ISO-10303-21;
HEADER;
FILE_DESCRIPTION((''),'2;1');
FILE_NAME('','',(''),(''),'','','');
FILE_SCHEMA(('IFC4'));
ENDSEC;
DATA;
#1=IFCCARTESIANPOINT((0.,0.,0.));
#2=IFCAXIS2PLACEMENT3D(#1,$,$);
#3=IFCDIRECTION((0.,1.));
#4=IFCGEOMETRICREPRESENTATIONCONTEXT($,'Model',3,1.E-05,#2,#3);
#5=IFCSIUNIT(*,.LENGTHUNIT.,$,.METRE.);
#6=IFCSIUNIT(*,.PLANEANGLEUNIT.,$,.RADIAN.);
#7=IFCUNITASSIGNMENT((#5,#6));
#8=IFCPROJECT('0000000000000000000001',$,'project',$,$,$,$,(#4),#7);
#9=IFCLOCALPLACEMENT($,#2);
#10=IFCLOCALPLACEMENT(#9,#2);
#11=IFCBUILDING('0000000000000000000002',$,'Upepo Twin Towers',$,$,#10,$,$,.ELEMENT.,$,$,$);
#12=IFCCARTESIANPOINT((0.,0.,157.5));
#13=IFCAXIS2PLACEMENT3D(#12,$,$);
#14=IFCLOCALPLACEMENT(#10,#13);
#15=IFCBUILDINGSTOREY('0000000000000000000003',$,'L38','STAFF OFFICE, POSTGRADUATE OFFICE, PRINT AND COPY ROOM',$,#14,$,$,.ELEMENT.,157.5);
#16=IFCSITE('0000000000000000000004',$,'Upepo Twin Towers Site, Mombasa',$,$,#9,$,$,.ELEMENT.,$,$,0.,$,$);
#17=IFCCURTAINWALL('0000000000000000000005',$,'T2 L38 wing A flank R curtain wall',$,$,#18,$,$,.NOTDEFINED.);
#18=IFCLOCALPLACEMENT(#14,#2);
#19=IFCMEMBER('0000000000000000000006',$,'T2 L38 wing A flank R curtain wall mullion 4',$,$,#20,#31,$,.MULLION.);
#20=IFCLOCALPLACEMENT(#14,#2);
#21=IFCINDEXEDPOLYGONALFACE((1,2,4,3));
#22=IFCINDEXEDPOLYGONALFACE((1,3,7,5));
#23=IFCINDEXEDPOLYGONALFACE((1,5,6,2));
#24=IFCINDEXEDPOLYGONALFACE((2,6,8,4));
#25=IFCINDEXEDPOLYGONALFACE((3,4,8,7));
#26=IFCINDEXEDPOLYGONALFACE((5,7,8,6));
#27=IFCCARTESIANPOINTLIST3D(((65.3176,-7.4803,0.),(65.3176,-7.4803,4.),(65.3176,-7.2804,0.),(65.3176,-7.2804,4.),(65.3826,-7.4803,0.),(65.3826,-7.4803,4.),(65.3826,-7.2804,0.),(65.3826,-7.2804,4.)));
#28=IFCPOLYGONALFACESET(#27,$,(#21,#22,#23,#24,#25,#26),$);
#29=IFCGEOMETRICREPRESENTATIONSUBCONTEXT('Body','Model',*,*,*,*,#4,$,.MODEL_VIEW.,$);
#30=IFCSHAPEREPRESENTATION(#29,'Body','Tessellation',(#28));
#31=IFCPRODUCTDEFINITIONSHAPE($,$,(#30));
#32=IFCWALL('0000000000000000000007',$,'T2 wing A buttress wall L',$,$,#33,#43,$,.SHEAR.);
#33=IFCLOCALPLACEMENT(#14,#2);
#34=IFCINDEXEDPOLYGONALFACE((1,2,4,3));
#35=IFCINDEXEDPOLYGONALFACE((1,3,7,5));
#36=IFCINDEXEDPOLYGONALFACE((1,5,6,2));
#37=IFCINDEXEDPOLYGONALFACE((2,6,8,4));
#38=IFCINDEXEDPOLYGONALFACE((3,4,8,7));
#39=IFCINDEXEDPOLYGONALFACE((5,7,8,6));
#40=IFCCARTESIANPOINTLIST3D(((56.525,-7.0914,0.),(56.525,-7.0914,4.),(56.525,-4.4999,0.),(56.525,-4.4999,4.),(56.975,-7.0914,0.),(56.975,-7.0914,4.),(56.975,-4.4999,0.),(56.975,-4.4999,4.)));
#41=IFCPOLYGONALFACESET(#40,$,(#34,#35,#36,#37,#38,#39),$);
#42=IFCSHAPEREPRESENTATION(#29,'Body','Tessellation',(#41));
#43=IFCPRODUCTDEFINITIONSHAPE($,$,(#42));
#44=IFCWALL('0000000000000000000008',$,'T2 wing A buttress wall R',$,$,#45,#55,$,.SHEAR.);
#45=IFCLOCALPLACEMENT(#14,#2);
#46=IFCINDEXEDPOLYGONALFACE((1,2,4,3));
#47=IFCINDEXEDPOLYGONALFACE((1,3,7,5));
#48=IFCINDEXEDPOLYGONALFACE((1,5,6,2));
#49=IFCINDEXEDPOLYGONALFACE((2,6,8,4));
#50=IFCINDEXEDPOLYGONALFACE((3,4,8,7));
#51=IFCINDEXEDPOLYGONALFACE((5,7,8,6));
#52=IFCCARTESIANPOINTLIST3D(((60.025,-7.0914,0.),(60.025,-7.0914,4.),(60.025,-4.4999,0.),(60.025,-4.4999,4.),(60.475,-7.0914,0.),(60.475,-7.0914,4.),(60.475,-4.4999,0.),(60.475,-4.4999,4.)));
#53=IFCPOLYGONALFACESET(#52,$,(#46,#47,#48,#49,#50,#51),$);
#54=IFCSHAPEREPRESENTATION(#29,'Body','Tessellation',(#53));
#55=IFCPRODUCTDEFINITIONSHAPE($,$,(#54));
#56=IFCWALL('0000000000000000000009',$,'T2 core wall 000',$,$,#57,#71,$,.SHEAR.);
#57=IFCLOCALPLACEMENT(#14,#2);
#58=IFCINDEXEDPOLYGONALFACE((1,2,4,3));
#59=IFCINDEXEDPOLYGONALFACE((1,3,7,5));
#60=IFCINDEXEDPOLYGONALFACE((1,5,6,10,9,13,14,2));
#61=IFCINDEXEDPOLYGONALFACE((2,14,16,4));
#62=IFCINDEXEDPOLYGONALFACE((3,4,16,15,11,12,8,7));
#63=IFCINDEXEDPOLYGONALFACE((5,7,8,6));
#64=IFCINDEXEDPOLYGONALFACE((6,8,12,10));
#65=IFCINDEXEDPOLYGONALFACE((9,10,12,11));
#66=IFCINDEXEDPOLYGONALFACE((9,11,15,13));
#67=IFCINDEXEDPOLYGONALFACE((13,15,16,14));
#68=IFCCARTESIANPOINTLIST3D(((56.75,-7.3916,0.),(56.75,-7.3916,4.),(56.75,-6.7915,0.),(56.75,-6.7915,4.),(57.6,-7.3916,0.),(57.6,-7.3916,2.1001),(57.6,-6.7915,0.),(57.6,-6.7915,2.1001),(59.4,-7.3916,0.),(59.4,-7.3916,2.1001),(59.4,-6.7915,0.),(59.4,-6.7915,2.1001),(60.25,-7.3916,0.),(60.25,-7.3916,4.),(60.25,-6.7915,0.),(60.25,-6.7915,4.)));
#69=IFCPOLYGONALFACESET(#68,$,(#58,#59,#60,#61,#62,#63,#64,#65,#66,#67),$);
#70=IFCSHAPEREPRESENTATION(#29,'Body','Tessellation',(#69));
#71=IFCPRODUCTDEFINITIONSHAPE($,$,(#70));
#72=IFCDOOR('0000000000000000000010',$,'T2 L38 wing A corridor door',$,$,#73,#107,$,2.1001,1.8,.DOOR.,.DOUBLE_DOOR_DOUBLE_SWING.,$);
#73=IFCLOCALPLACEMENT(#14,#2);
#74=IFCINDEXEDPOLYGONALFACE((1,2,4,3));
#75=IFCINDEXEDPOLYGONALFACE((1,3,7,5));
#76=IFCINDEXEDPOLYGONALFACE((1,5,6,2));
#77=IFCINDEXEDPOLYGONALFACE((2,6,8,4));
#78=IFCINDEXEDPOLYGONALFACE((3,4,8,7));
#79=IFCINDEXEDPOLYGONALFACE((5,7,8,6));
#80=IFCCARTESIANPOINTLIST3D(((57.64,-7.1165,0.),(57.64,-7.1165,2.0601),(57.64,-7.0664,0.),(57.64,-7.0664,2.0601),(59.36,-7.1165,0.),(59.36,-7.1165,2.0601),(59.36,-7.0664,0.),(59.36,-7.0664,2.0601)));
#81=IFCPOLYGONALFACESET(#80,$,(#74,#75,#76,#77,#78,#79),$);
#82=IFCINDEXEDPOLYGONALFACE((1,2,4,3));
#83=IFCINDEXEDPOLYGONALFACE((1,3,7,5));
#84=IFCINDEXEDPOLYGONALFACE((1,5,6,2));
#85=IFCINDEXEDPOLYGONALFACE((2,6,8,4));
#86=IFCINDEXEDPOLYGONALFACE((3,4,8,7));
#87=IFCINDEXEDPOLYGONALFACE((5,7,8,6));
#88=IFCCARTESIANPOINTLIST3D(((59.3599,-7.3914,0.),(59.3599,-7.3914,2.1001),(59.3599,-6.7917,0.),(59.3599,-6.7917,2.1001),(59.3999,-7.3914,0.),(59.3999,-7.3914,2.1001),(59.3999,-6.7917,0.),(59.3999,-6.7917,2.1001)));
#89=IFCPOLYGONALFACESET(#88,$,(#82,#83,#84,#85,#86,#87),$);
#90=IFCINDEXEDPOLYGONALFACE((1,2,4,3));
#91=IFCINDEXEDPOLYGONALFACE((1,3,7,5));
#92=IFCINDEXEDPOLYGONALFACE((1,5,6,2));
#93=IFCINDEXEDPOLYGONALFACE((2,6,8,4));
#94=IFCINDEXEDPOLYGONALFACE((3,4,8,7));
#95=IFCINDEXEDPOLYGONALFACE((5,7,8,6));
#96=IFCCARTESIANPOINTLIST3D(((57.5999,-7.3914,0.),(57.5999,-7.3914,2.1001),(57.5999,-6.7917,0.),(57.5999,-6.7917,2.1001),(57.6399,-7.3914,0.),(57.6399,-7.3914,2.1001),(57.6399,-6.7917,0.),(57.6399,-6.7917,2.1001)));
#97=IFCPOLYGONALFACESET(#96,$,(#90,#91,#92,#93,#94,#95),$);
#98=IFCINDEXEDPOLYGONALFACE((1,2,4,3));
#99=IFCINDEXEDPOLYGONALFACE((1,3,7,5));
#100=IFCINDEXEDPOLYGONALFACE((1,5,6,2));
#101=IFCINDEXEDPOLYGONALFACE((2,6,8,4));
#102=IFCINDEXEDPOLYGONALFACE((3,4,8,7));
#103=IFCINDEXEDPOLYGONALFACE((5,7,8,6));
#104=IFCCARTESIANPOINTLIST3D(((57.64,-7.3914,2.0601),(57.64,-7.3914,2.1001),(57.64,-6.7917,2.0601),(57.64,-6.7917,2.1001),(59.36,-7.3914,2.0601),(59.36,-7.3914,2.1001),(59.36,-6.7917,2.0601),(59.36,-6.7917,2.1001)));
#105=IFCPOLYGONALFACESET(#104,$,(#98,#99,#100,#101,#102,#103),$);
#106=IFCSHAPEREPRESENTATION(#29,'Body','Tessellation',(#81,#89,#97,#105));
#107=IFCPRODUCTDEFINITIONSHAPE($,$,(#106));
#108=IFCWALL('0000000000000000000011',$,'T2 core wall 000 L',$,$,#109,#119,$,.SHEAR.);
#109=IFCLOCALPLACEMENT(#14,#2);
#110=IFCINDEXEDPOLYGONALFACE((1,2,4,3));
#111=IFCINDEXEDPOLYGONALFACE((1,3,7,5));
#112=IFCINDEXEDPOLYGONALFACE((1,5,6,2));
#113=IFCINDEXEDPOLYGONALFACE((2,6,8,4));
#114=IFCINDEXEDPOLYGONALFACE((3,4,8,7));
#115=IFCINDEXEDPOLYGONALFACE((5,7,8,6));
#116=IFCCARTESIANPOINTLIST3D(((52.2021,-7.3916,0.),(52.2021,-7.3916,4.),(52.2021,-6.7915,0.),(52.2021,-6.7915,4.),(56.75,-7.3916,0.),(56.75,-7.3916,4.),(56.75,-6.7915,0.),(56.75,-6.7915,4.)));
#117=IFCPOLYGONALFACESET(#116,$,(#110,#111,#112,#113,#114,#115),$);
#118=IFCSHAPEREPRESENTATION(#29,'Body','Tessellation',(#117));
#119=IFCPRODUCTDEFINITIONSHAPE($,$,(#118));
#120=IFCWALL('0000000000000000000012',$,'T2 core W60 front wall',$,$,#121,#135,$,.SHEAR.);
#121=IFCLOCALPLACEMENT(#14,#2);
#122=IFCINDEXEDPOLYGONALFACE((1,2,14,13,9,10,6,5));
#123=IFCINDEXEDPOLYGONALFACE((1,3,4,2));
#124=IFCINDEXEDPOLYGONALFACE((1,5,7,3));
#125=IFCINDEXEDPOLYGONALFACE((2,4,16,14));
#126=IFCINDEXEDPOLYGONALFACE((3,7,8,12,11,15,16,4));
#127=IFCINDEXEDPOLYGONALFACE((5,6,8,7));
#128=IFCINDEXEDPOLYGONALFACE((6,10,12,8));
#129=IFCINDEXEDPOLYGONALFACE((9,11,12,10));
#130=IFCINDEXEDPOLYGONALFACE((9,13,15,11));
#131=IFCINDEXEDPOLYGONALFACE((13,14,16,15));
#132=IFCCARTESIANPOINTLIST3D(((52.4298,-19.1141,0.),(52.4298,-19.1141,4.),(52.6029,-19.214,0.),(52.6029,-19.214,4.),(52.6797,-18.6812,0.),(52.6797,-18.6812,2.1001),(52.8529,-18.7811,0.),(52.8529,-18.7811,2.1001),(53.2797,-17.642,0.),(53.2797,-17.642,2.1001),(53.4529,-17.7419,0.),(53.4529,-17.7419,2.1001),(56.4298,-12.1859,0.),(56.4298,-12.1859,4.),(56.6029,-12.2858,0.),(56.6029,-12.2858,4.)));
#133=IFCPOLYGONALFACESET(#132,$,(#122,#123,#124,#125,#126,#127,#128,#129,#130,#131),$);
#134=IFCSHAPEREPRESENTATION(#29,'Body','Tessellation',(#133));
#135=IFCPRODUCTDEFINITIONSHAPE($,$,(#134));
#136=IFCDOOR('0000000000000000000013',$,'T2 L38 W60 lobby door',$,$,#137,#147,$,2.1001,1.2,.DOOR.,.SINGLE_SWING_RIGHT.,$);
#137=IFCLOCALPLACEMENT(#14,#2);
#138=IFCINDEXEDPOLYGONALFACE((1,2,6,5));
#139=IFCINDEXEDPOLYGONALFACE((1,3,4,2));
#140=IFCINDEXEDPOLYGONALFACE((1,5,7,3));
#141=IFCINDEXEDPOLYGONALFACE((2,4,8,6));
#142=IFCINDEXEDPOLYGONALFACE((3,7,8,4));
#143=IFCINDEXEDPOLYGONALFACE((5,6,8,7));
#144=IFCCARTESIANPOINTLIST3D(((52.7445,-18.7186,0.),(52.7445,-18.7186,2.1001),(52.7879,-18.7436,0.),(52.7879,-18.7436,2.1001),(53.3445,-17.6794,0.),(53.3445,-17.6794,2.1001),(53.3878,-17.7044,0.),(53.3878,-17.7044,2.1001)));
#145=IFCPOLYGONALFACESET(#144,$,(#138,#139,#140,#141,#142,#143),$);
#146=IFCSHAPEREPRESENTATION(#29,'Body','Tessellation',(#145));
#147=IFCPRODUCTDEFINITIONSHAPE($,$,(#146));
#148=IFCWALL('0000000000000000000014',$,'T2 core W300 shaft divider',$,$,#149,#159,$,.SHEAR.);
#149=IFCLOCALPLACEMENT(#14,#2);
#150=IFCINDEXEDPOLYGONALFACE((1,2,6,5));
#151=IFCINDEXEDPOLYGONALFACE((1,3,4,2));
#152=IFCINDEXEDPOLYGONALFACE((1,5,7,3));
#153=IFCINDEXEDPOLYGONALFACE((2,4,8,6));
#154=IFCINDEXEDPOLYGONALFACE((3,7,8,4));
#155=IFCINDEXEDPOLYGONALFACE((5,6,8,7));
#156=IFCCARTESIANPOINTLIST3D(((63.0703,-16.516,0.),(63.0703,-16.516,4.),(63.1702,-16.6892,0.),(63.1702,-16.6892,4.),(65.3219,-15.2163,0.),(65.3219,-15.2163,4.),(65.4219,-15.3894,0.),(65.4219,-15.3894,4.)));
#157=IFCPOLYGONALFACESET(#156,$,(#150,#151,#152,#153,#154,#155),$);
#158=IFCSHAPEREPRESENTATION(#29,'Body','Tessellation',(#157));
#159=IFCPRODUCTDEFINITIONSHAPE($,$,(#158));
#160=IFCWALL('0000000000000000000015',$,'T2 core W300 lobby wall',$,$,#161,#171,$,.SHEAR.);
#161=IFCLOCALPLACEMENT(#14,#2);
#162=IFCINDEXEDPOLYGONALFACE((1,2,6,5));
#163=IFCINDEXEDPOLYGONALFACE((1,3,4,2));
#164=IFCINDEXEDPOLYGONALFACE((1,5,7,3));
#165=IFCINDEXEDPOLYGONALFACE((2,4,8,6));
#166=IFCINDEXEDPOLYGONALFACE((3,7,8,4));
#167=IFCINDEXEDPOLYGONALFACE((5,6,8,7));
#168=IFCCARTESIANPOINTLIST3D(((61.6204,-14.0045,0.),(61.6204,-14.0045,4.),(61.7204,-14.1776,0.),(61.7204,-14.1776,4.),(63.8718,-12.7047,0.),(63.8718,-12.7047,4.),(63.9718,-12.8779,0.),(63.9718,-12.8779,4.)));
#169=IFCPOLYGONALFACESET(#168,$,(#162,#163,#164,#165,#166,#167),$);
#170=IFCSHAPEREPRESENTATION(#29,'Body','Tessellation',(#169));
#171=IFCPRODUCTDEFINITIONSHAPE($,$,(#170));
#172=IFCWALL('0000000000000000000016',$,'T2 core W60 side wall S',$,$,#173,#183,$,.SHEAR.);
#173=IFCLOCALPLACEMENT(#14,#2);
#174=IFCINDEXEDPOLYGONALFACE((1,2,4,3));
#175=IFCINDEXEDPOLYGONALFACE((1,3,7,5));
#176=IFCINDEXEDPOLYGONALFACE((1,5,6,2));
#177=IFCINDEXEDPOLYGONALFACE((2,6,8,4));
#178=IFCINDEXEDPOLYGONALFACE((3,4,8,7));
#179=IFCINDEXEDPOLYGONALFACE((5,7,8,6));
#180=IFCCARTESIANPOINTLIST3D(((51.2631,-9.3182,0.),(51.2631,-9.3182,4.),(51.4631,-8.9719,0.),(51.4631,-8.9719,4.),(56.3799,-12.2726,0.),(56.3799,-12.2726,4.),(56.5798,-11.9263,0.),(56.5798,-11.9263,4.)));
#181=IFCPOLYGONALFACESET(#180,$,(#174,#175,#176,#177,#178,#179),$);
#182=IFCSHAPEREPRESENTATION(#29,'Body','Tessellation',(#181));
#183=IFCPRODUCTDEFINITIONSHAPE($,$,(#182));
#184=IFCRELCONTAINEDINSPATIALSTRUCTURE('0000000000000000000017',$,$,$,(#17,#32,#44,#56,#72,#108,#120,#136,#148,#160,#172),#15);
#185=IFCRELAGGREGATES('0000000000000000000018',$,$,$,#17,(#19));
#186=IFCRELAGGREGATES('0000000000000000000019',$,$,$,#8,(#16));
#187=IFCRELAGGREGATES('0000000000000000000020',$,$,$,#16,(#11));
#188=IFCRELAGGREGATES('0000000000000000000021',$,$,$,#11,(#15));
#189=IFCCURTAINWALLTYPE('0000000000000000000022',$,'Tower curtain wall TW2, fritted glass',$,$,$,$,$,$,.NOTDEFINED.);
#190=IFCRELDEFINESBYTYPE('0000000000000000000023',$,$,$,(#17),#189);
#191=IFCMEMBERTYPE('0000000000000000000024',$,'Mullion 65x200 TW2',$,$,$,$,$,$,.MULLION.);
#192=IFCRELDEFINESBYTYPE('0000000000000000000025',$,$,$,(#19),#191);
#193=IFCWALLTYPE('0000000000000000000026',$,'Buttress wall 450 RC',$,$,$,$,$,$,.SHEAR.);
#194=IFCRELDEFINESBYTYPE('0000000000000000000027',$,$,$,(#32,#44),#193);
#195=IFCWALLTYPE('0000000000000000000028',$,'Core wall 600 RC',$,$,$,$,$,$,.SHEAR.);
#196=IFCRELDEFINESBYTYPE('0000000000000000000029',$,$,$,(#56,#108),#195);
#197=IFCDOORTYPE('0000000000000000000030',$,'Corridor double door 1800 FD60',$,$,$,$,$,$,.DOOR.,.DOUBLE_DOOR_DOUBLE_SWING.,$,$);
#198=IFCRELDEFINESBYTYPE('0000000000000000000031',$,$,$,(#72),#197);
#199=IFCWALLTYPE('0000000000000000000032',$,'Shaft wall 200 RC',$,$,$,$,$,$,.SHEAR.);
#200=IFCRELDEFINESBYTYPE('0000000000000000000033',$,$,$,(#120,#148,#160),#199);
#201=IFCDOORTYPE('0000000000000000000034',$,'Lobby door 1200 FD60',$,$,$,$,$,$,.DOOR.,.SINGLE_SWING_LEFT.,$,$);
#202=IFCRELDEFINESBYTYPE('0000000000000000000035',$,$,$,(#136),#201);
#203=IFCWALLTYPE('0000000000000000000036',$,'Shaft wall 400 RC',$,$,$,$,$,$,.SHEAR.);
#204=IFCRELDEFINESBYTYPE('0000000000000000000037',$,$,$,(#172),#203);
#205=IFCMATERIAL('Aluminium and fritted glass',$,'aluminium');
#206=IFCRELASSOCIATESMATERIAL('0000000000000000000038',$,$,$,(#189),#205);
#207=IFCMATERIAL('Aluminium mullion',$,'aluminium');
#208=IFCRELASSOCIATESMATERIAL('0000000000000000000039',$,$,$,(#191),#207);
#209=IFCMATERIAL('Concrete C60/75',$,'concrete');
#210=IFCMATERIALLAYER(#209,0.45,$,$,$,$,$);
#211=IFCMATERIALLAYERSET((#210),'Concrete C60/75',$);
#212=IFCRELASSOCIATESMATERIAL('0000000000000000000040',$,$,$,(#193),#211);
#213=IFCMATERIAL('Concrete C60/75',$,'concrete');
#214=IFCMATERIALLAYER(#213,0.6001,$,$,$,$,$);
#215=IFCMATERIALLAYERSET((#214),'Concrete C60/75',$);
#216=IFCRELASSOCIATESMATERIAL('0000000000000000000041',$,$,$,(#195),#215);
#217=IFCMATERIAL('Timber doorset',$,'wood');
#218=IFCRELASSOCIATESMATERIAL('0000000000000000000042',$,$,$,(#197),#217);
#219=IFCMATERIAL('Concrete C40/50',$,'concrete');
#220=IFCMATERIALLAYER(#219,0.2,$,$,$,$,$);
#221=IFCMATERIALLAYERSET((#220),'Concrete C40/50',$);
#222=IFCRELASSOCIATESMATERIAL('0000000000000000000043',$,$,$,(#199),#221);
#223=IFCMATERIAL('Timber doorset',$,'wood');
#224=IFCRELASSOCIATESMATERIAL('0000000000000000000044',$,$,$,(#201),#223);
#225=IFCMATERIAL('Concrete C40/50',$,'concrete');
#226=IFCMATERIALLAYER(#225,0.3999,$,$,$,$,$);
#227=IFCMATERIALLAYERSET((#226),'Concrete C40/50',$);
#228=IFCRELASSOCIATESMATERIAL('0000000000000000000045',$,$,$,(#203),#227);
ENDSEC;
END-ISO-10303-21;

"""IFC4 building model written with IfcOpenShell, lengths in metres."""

from ifc_helpers import new_model, si_unit, direction, frame, frame_2d, origin, origin_2d, place, context, subcontext, project, spatial, rectangle, extrude, material, layer, layer_set, material_profile, profile_set, type_object, element, fill, aggregate, save


model = new_model("IFC4")

# Units and contexts
model_context = context("Model", 3, precision=1e-05, world=origin(), true_north=direction((0.0, 1.0)))
body_context = subcontext(model_context, "Body", "Model", "MODEL_VIEW")
ifc_project = project(units=[si_unit("LENGTHUNIT", "METRE"), si_unit("PLANEANGLEUNIT", "RADIAN")], contexts=[model_context])

# Site, building, storey
site_placement = place(None, origin())
site = spatial("IfcSite", under=ifc_project, at=site_placement, Name="Upepo Twin Towers Site, Mombasa", CompositionType="ELEMENT", RefElevation=0.0)
building_placement = place(site_placement, origin())
building = spatial("IfcBuilding", under=site, at=building_placement, Name="Upepo Twin Towers", CompositionType="ELEMENT")
storey_placement = place(building_placement, frame((0.0, 0.0, 157.5)))
storey = spatial("IfcBuildingStorey", under=building, at=storey_placement, Name="L38", Description="STAFF OFFICE, POSTGRADUATE OFFICE, PRINT AND COPY ROOM", CompositionType="ELEMENT", Elevation=157.5)

# Curtain wall, member
ifc_material_1 = material(Name="Aluminium and fritted glass", Category="aluminium")
curtain_wall_type = type_object("IfcCurtainWallType", Name="Tower curtain wall TW2, fritted glass", PredefinedType="NOTDEFINED", material=ifc_material_1)
curtain_wall_placement = place(storey_placement, origin())
curtain_wall = element("IfcCurtainWall", 1, at=curtain_wall_placement, inside=storey, type_object=curtain_wall_type, Name="T2 L38 wing A flank R curtain wall", PredefinedType="NOTDEFINED")
ifc_material_2 = material(Name="Aluminium mullion", Category="aluminium")
ifc_material_profile = material_profile(ifc_material_2, rectangle(XDim=0.0649, YDim=0.2, at=origin_2d()), Name="MULLION 65x200")
ifc_profile_set = profile_set([ifc_material_profile], Name="Aluminium mullion")
member_type = type_object("IfcMemberType", Name="Mullion 65x200 TW2", PredefinedType="MULLION", material=ifc_profile_set)
member_placement = place(storey_placement, frame((65.3501, -7.3804, 0.0), z_axis=(0.0, 0.0, 1.0), x_axis=(1.0, 0.0, 0.0)))
member = element("IfcMember", 2, at=member_placement, type_object=member_type, Name="T2 L38 wing A flank R curtain wall mullion 4", PredefinedType="MULLION", context=body_context, shape_type="SweptSolid", body=[
    extrude(rectangle(XDim=0.0649, YDim=0.2, at=origin_2d()), origin(), (0.0, 0.0, 1.0), 4.0),
])
aggregate(curtain_wall, [member])

# Walls
ifc_material_3 = material(Name="Concrete C60/75", Category="concrete")
ifc_layer_1 = layer(ifc_material_3, 0.45)
ifc_layer_set_1 = layer_set([ifc_layer_1], Name="Concrete C60/75")
wall_type_1 = type_object("IfcWallType", Name="Buttress wall 450 RC", PredefinedType="SHEAR", material=ifc_layer_set_1)
for number, where, z_axis, x_axis, name in (
    (3, (56.75, -7.0916, 0.0), (0.0, 0.0, 1.0), (0.0, 1.0, 0.0), "T2 wing A buttress wall L"),
    (4, (60.25, -7.0916, 0.0), (0.0, 0.0, 1.0), (0.0, 1.0, 0.0), "T2 wing A buttress wall R"),
):
    element("IfcWall", number, at=place(storey_placement, frame(where, z_axis=z_axis, x_axis=x_axis)), inside=storey, type_object=wall_type_1, Name=name, PredefinedType="SHEAR", context=body_context, shape_type="SweptSolid", body=[
        extrude(rectangle(XDim=2.5916, YDim=0.45, at=frame_2d((1.2959, 0.0))), origin(), (0.0, 0.0, 1.0), 4.0),
    ])

# Wall, opening, door
ifc_material_4 = material(Name="Concrete C60/75", Category="concrete")
ifc_layer_2 = layer(ifc_material_4, 0.6001)
ifc_layer_set_2 = layer_set([ifc_layer_2], Name="Concrete C60/75")
wall_type_2 = type_object("IfcWallType", Name="Core wall 600 RC", PredefinedType="SHEAR", material=ifc_layer_set_2)
wall_1_placement = place(storey_placement, frame((60.25, -7.0916, 0.0), z_axis=(0.0, 0.0, 1.0), x_axis=(-1.0, 0.0, 0.0)))
wall_1 = element("IfcWall", 5, at=wall_1_placement, inside=storey, type_object=wall_type_2, Name="T2 core wall 000", PredefinedType="SHEAR", context=body_context, shape_type="SweptSolid", body=[
    extrude(rectangle(XDim=3.5, YDim=0.6001, at=frame_2d((1.75, 0.0))), origin(), (0.0, 0.0, 1.0), 4.0),
])
opening_1_placement = place(wall_1_placement, frame((0.8501, 0.0, 0.0)))
opening_1 = element("IfcOpeningElement", 6, at=opening_1_placement, cuts=wall_1, PredefinedType="OPENING", context=body_context, shape_type="SweptSolid", body=[
    extrude(rectangle(XDim=1.8, YDim=2.1001, at=frame_2d((0.8999, 1.05))), frame((0.0, 0.3101, 0.0), z_axis=(0.0, -1.0, 0.0), x_axis=(1.0, 0.0, 0.0)), (0.0, 0.0, 1.0), 0.6201),
])
ifc_material_5 = material(Name="Timber doorset", Category="wood")
door_type_1 = type_object("IfcDoorType", Name="Corridor double door 1800 FD60", OperationType="DOUBLE_DOOR_DOUBLE_SWING", PredefinedType="DOOR", material=ifc_material_5)
door_1_placement = place(opening_1_placement, origin())
door_1 = element("IfcDoor", 7, at=door_1_placement, inside=storey, type_object=door_type_1, Name="T2 L38 wing A corridor door", OperationType="DOUBLE_DOOR_DOUBLE_SWING", OverallHeight=2.1001, OverallWidth=1.8, PredefinedType="DOOR", context=body_context, shape_type="SweptSolid", body=[
    extrude(rectangle(XDim=1.72, YDim=2.0601, at=frame_2d((0.8999, 1.03))), frame((0.0, 0.0249, 0.0), z_axis=(0.0, -1.0, 0.0), x_axis=(1.0, 0.0, 0.0)), (0.0, 0.0, 1.0), 0.05),
    extrude(rectangle(XDim=0.04, YDim=2.1001, at=frame_2d((0.02, 1.05))), frame((0.0, 0.2998, 0.0), z_axis=(0.0, -1.0, 0.0), x_axis=(1.0, 0.0, 0.0)), (0.0, 0.0, 1.0), 0.5996),
    extrude(rectangle(XDim=0.04, YDim=2.1001, at=frame_2d((1.78, 1.05))), frame((0.0, 0.2998, 0.0), z_axis=(0.0, -1.0, 0.0), x_axis=(1.0, 0.0, 0.0)), (0.0, 0.0, 1.0), 0.5996),
    extrude(rectangle(XDim=1.72, YDim=0.04, at=frame_2d((0.8999, 2.0801))), frame((0.0, 0.2998, 0.0), z_axis=(0.0, -1.0, 0.0), x_axis=(1.0, 0.0, 0.0)), (0.0, 0.0, 1.0), 0.5996),
])
fill(opening_1, door_1)

# Wall
wall_2_placement = place(storey_placement, frame((56.75, -7.0916, 0.0), z_axis=(0.0, 0.0, 1.0), x_axis=(-1.0, 0.0, 0.0)))
element("IfcWall", 8, at=wall_2_placement, inside=storey, type_object=wall_type_2, Name="T2 core wall 000 L", PredefinedType="SHEAR", context=body_context, shape_type="SweptSolid", body=[
    extrude(rectangle(XDim=4.5479, YDim=0.6001, at=frame_2d((2.2739, 0.0))), origin(), (0.0, 0.0, 1.0), 4.0),
])

# Wall, opening, door
ifc_material_6 = material(Name="Concrete C40/50", Category="concrete")
ifc_layer_3 = layer(ifc_material_6, 0.2)
ifc_layer_set_3 = layer_set([ifc_layer_3], Name="Concrete C40/50")
wall_type_3 = type_object("IfcWallType", Name="Shaft wall 200 RC", PredefinedType="SHEAR", material=ifc_layer_set_3)
wall_3_placement = place(storey_placement, frame((56.5164, -12.2358, 0.0), z_axis=(0.0, 0.0, 1.0), x_axis=(-0.499999, -0.866026, 0.0)))
wall_3 = element("IfcWall", 9, at=wall_3_placement, inside=storey, type_object=wall_type_3, Name="T2 core W60 front wall", PredefinedType="SHEAR", context=body_context, shape_type="SweptSolid", body=[
    extrude(rectangle(XDim=8.0, YDim=0.2, at=frame_2d((4.0, 0.0))), origin(), (0.0, 0.0, 1.0), 4.0),
])
opening_2_placement = place(wall_3_placement, frame((6.3, 0.0, 0.0)))
opening_2 = element("IfcOpeningElement", 10, at=opening_2_placement, cuts=wall_3, PredefinedType="OPENING", context=body_context, shape_type="SweptSolid", body=[
    extrude(rectangle(XDim=1.2, YDim=2.1001, at=frame_2d((0.6001, 1.05))), frame((0.0, 0.1099, 0.0), z_axis=(0.0, -1.0, 0.0), x_axis=(1.0, 0.0, 0.0)), (0.0, 0.0, 1.0), 0.22),
])
ifc_material_7 = material(Name="Timber doorset", Category="wood")
door_type_2 = type_object("IfcDoorType", Name="Lobby door 1200 FD60", OperationType="SINGLE_SWING_LEFT", PredefinedType="DOOR", material=ifc_material_7)
door_2_placement = place(opening_2_placement, origin())
door_2 = element("IfcDoor", 11, at=door_2_placement, inside=storey, type_object=door_type_2, Name="T2 L38 W60 lobby door", OperationType="SINGLE_SWING_RIGHT", OverallHeight=2.1001, OverallWidth=1.2, PredefinedType="DOOR", context=body_context, shape_type="SweptSolid", body=[
    extrude(rectangle(XDim=1.2, YDim=2.1001, at=frame_2d((0.6001, 1.05))), frame((0.0, 0.0249, 0.0), z_axis=(0.0, -1.0, 0.0), x_axis=(1.0, 0.0, 0.0)), (0.0, 0.0, 1.0), 0.05),
])
fill(opening_2, door_2)

# Walls
wall_4_placement = place(storey_placement, frame((63.1204, -16.6025, 0.0), z_axis=(0.0, 0.0, 1.0), x_axis=(0.866062, 0.499937, 0.0)))
element("IfcWall", 12, at=wall_4_placement, inside=storey, type_object=wall_type_3, Name="T2 core W300 shaft divider", PredefinedType="SHEAR", context=body_context, shape_type="SweptSolid", body=[
    extrude(rectangle(XDim=2.5999, YDim=0.2, at=frame_2d((1.2998, 0.0))), origin(), (0.0, 0.0, 1.0), 4.0),
])
wall_5_placement = place(storey_placement, frame((61.6704, -14.0911, 0.0), z_axis=(0.0, 0.0, 1.0), x_axis=(0.866039, 0.499977, 0.0)))
element("IfcWall", 13, at=wall_5_placement, inside=storey, type_object=wall_type_3, Name="T2 core W300 lobby wall", PredefinedType="SHEAR", context=body_context, shape_type="SweptSolid", body=[
    extrude(rectangle(XDim=2.5996, YDim=0.2, at=frame_2d((1.2998, 0.0))), origin(), (0.0, 0.0, 1.0), 4.0),
])
ifc_material_8 = material(Name="Concrete C40/50", Category="concrete")
ifc_layer_4 = layer(ifc_material_8, 0.3999)
ifc_layer_set_4 = layer_set([ifc_layer_4], Name="Concrete C40/50")
wall_type_4 = type_object("IfcWallType", Name="Shaft wall 400 RC", PredefinedType="SHEAR", material=ifc_layer_set_4)
for number, where, z_axis, x_axis, name in (
    (14, (56.4797, -12.0994, 0.0), (0.0, 0.0, 1.0), (-0.866009, 0.500028, 0.0), "T2 core W60 side wall S"),
):
    element("IfcWall", number, at=place(storey_placement, frame(where, z_axis=z_axis, x_axis=x_axis)), inside=storey, type_object=wall_type_4, Name=name, PredefinedType="SHEAR", context=body_context, shape_type="SweptSolid", body=[
        extrude(rectangle(XDim=5.9084, YDim=0.3999, at=frame_2d((2.9541, 0.0))), origin(), (0.0, 0.0, 1.0), 4.0),
    ])

save(model, "model.ifc")
